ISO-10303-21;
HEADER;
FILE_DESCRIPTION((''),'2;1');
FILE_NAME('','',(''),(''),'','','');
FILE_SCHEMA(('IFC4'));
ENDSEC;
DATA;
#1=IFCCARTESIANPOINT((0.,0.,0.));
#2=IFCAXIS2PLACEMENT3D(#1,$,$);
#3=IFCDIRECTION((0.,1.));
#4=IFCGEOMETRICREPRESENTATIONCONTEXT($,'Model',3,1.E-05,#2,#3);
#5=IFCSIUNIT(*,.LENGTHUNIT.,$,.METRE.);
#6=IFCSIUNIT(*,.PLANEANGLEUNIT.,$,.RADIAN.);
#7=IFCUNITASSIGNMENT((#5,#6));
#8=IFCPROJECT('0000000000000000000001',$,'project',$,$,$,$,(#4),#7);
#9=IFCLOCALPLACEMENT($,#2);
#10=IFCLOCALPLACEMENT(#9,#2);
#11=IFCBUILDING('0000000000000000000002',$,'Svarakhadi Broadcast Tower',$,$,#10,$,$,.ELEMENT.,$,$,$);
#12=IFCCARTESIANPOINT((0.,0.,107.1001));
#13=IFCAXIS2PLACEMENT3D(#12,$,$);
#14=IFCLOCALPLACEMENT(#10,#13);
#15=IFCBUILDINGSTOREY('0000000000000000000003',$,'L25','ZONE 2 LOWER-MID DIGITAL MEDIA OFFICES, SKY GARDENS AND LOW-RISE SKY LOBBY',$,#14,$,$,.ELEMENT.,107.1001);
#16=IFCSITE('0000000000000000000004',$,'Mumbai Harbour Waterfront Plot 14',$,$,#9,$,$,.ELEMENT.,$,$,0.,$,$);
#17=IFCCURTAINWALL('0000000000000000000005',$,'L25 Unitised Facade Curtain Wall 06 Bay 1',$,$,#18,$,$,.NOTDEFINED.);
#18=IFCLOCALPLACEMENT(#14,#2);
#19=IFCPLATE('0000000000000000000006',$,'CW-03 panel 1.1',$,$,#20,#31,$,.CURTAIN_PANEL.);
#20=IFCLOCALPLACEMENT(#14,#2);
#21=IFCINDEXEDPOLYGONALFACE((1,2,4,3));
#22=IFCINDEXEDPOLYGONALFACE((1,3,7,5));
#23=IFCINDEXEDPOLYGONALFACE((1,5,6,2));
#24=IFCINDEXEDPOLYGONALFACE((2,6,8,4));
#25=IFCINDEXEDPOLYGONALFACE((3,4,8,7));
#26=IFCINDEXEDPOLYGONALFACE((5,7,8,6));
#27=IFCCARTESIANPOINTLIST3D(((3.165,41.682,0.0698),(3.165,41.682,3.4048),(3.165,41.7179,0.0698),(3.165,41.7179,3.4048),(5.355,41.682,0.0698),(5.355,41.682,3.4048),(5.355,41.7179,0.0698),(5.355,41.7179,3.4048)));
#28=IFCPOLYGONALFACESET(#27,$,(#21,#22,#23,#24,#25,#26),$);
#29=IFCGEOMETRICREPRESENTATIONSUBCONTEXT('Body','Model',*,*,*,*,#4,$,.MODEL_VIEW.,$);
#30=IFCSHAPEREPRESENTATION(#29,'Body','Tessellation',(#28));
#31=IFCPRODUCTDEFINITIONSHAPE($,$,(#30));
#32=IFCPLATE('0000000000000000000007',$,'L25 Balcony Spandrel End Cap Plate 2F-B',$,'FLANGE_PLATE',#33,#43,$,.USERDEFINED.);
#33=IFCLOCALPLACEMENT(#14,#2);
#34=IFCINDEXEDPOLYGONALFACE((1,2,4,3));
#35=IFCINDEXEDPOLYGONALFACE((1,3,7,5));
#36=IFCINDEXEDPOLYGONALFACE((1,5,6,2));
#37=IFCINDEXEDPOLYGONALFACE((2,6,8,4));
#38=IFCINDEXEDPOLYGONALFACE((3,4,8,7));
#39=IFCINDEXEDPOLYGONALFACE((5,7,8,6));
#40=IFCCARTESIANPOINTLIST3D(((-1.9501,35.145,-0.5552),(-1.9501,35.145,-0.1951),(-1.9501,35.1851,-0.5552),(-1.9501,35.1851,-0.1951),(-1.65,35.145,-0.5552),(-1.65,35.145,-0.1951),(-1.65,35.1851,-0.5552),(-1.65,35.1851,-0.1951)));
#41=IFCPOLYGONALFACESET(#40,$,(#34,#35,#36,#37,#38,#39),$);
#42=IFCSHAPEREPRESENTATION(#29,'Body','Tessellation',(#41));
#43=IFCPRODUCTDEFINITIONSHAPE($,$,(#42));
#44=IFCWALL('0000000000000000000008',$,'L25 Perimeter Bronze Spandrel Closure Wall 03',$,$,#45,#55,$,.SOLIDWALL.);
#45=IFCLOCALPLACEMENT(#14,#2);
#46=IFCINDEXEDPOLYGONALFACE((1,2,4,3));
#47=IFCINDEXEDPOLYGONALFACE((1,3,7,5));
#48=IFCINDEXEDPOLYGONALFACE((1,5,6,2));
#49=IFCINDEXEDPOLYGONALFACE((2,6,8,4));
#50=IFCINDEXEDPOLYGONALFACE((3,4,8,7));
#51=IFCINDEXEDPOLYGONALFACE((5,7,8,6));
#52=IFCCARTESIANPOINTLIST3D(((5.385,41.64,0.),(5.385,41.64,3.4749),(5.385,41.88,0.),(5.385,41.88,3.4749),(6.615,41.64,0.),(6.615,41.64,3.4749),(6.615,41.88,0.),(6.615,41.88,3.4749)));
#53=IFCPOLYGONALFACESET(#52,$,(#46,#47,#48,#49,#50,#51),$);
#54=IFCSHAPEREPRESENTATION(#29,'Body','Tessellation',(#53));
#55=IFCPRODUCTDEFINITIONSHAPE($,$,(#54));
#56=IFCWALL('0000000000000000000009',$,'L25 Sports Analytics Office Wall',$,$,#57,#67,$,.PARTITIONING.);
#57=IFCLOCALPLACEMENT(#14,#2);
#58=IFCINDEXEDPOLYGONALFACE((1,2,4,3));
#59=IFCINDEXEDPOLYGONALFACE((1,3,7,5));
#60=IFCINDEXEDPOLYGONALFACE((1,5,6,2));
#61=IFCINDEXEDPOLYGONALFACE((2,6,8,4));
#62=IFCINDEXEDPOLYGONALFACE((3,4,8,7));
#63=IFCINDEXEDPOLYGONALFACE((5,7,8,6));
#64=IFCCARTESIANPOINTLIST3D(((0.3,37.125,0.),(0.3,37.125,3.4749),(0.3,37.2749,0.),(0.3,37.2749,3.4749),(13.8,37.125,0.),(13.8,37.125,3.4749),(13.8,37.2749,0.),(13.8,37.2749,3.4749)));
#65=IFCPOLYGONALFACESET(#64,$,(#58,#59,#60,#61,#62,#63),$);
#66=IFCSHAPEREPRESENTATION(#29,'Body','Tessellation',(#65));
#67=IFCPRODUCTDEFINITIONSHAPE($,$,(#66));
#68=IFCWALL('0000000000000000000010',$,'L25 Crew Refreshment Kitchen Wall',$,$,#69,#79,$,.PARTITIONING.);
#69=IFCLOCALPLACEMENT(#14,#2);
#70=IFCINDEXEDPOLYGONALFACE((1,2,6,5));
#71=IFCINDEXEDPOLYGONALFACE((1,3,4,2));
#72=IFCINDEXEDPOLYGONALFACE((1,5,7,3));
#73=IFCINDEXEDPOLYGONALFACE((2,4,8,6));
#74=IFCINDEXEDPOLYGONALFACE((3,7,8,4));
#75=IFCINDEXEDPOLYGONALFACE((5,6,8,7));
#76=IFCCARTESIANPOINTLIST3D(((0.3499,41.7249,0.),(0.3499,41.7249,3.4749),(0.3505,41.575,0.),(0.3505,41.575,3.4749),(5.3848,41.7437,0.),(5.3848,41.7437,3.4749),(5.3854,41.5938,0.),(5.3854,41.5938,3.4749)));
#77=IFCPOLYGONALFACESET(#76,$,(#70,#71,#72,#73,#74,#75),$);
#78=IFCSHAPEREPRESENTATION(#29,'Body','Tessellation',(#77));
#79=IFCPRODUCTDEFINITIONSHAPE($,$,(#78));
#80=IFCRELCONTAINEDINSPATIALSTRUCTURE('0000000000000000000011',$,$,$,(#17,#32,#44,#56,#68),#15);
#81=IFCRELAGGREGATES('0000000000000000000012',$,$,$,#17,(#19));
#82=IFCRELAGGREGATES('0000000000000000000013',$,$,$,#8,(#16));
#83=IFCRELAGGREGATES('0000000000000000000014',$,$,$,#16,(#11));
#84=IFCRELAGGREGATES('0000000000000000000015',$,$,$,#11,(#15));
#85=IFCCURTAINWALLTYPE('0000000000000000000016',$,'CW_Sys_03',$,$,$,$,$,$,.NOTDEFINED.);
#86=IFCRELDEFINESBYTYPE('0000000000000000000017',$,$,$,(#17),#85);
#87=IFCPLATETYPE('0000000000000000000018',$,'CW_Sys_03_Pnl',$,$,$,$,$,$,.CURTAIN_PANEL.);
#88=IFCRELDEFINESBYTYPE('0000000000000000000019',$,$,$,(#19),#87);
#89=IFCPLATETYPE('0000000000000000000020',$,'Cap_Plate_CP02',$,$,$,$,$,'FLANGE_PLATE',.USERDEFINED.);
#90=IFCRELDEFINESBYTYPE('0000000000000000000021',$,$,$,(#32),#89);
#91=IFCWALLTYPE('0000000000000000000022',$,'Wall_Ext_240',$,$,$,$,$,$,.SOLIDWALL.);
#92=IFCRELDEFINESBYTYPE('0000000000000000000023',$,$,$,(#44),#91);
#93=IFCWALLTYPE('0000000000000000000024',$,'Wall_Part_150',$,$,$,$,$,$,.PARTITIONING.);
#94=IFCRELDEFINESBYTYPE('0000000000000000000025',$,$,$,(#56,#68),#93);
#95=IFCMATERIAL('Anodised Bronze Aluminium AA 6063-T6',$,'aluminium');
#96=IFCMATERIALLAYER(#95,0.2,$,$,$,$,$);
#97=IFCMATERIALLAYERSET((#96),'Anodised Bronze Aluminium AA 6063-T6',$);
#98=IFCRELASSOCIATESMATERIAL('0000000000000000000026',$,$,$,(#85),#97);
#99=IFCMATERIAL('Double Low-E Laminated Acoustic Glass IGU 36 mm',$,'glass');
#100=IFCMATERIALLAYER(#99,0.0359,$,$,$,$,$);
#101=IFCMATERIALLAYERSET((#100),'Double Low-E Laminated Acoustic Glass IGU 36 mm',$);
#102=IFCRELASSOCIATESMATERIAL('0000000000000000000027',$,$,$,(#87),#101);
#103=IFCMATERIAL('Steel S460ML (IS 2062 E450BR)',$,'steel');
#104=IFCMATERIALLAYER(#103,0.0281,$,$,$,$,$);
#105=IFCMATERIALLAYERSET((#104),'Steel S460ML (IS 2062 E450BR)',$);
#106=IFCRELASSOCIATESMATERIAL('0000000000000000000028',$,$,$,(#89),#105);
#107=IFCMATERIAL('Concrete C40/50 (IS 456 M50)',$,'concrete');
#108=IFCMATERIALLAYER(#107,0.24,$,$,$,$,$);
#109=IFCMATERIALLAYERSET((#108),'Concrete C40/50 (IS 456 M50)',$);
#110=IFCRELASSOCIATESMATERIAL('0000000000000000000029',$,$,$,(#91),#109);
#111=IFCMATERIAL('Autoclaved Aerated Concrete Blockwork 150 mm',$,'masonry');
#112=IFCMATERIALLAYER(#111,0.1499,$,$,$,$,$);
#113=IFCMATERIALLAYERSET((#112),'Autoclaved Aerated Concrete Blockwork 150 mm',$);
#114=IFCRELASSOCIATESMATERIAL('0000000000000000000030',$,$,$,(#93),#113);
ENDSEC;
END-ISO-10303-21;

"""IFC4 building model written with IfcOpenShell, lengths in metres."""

from ifc_helpers import new_model, si_unit, direction, frame, frame_2d, origin, origin_2d, place, context, subcontext, project, spatial, rectangle, extrude, material, layer, layer_set, type_object, element, aggregate, save


model = new_model("IFC4")

# Units and contexts
model_context = context("Model", 3, precision=1e-05, world=origin(), true_north=direction((0.0, 1.0)))
body_context = subcontext(model_context, "Body", "Model", "MODEL_VIEW")
ifc_project = project(units=[si_unit("LENGTHUNIT", "METRE"), si_unit("PLANEANGLEUNIT", "RADIAN")], contexts=[model_context])

# Site, building, storey
site_placement = place(None, origin())
site = spatial("IfcSite", under=ifc_project, at=site_placement, Name="Mumbai Harbour Waterfront Plot 14", CompositionType="ELEMENT", RefElevation=0.0)
building_placement = place(site_placement, origin())
building = spatial("IfcBuilding", under=site, at=building_placement, Name="Svarakhadi Broadcast Tower", CompositionType="ELEMENT")
storey_placement = place(building_placement, frame((0.0, 0.0, 107.1001)))
storey = spatial("IfcBuildingStorey", under=building, at=storey_placement, Name="L25", Description="ZONE 2 LOWER-MID DIGITAL MEDIA OFFICES, SKY GARDENS AND LOW-RISE SKY LOBBY", CompositionType="ELEMENT", Elevation=107.1001)

# Shared definitions
ifc_material_1 = material(Name="Steel S460ML (IS 2062 E450BR)", Category="steel")

# Curtain wall
ifc_material_2 = material(Name="Anodised Bronze Aluminium AA 6063-T6", Category="aluminium")
ifc_layer_1 = layer(ifc_material_2, 0.2)
ifc_layer_set_1 = layer_set([ifc_layer_1], Name="Anodised Bronze Aluminium AA 6063-T6")
curtain_wall_type = type_object("IfcCurtainWallType", Name="CW_Sys_03", PredefinedType="NOTDEFINED", material=ifc_layer_set_1)
curtain_wall_1_placement = place(storey_placement, origin())
curtain_wall_1 = element("IfcCurtainWall", 1, at=curtain_wall_1_placement, inside=storey, type_object=curtain_wall_type, Name="L25 Unitised Facade Curtain Wall 06 Bay 1", PredefinedType="NOTDEFINED")

# Plates
ifc_material_3 = material(Name="Double Low-E Laminated Acoustic Glass IGU 36 mm", Category="glass")
ifc_layer_2 = layer(ifc_material_3, 0.0359)
ifc_layer_set_2 = layer_set([ifc_layer_2], Name="Double Low-E Laminated Acoustic Glass IGU 36 mm")
plate_type_1 = type_object("IfcPlateType", Name="CW_Sys_03_Pnl", PredefinedType="CURTAIN_PANEL", material=ifc_layer_set_2)
plate_1_placement = place(storey_placement, frame((4.26, 41.7, 0.0698), z_axis=(0.0, 0.0, 1.0), x_axis=(1.0, 0.0, 0.0)))
plate_1 = element("IfcPlate", 2, at=plate_1_placement, type_object=plate_type_1, Name="CW-03 panel 1.1", PredefinedType="CURTAIN_PANEL", context=body_context, shape_type="SweptSolid", body=[
    extrude(rectangle(XDim=2.1899, YDim=0.0359, at=origin_2d()), origin(), (0.0, 0.0, 1.0), 3.335),
])
aggregate(curtain_wall_1, [plate_1])
ifc_layer_3 = layer(ifc_material_1, 0.0281)
ifc_layer_set_3 = layer_set([ifc_layer_3], Name="Steel S460ML (IS 2062 E450BR)")
plate_type_2 = type_object("IfcPlateType", Name="Cap_Plate_CP02", ElementType="FLANGE_PLATE", PredefinedType="USERDEFINED", material=ifc_layer_set_3)
plate_2_placement = place(storey_placement, frame((-1.8, 35.165, -0.5552), z_axis=(0.0, 0.0, 1.0), x_axis=(1.0, 0.0, 0.0)))
element("IfcPlate", 3, at=plate_2_placement, inside=storey, type_object=plate_type_2, Name="L25 Balcony Spandrel End Cap Plate 2F-B", ObjectType="FLANGE_PLATE", PredefinedType="USERDEFINED", context=body_context, shape_type="SweptSolid", body=[
    extrude(rectangle(XDim=0.3, YDim=0.04, at=origin_2d()), origin(), (0.0, 0.0, 1.0), 0.3601),
])

# Walls
ifc_material_4 = material(Name="Concrete C40/50 (IS 456 M50)", Category="concrete")
ifc_layer_4 = layer(ifc_material_4, 0.24)
ifc_layer_set_4 = layer_set([ifc_layer_4], Name="Concrete C40/50 (IS 456 M50)")
wall_type_1 = type_object("IfcWallType", Name="Wall_Ext_240", PredefinedType="SOLIDWALL", material=ifc_layer_set_4)
wall_1_placement = place(storey_placement, frame((5.385, 41.76, 0.0), z_axis=(0.0, 0.0, 1.0), x_axis=(1.0, 0.0, 0.0)))
element("IfcWall", 4, at=wall_1_placement, inside=storey, type_object=wall_type_1, Name="L25 Perimeter Bronze Spandrel Closure Wall 03", PredefinedType="SOLIDWALL", context=body_context, shape_type="SweptSolid", body=[
    extrude(rectangle(XDim=1.23, YDim=0.24, at=frame_2d((0.615, 0.0))), origin(), (0.0, 0.0, 1.0), 3.4749),
])
ifc_material_5 = material(Name="Autoclaved Aerated Concrete Blockwork 150 mm", Category="masonry")
ifc_layer_5 = layer(ifc_material_5, 0.1499)
ifc_layer_set_5 = layer_set([ifc_layer_5], Name="Autoclaved Aerated Concrete Blockwork 150 mm")
wall_type_2 = type_object("IfcWallType", Name="Wall_Part_150", PredefinedType="PARTITIONING", material=ifc_layer_set_5)
wall_2_placement = place(storey_placement, frame((0.3, 37.2, 0.0), z_axis=(0.0, 0.0, 1.0), x_axis=(1.0, 0.0, 0.0)))
element("IfcWall", 5, at=wall_2_placement, inside=storey, type_object=wall_type_2, Name="L25 Sports Analytics Office Wall", PredefinedType="PARTITIONING", context=body_context, shape_type="SweptSolid", body=[
    extrude(rectangle(XDim=13.5, YDim=0.1499, at=frame_2d((6.75, 0.0))), origin(), (0.0, 0.0, 1.0), 3.4749),
])
wall_3_placement = place(storey_placement, frame((0.3501, 41.6499, 0.0), z_axis=(0.0, 0.0, 1.0), x_axis=(0.999993, 0.003734, 0.0)))
element("IfcWall", 6, at=wall_3_placement, inside=storey, type_object=wall_type_2, Name="L25 Crew Refreshment Kitchen Wall", PredefinedType="PARTITIONING", context=body_context, shape_type="SweptSolid", body=[
    extrude(rectangle(XDim=5.0349, YDim=0.1499, at=frame_2d((2.5176, 0.0))), origin(), (0.0, 0.0, 1.0), 3.4749),
])

save(model, "model.ifc")
